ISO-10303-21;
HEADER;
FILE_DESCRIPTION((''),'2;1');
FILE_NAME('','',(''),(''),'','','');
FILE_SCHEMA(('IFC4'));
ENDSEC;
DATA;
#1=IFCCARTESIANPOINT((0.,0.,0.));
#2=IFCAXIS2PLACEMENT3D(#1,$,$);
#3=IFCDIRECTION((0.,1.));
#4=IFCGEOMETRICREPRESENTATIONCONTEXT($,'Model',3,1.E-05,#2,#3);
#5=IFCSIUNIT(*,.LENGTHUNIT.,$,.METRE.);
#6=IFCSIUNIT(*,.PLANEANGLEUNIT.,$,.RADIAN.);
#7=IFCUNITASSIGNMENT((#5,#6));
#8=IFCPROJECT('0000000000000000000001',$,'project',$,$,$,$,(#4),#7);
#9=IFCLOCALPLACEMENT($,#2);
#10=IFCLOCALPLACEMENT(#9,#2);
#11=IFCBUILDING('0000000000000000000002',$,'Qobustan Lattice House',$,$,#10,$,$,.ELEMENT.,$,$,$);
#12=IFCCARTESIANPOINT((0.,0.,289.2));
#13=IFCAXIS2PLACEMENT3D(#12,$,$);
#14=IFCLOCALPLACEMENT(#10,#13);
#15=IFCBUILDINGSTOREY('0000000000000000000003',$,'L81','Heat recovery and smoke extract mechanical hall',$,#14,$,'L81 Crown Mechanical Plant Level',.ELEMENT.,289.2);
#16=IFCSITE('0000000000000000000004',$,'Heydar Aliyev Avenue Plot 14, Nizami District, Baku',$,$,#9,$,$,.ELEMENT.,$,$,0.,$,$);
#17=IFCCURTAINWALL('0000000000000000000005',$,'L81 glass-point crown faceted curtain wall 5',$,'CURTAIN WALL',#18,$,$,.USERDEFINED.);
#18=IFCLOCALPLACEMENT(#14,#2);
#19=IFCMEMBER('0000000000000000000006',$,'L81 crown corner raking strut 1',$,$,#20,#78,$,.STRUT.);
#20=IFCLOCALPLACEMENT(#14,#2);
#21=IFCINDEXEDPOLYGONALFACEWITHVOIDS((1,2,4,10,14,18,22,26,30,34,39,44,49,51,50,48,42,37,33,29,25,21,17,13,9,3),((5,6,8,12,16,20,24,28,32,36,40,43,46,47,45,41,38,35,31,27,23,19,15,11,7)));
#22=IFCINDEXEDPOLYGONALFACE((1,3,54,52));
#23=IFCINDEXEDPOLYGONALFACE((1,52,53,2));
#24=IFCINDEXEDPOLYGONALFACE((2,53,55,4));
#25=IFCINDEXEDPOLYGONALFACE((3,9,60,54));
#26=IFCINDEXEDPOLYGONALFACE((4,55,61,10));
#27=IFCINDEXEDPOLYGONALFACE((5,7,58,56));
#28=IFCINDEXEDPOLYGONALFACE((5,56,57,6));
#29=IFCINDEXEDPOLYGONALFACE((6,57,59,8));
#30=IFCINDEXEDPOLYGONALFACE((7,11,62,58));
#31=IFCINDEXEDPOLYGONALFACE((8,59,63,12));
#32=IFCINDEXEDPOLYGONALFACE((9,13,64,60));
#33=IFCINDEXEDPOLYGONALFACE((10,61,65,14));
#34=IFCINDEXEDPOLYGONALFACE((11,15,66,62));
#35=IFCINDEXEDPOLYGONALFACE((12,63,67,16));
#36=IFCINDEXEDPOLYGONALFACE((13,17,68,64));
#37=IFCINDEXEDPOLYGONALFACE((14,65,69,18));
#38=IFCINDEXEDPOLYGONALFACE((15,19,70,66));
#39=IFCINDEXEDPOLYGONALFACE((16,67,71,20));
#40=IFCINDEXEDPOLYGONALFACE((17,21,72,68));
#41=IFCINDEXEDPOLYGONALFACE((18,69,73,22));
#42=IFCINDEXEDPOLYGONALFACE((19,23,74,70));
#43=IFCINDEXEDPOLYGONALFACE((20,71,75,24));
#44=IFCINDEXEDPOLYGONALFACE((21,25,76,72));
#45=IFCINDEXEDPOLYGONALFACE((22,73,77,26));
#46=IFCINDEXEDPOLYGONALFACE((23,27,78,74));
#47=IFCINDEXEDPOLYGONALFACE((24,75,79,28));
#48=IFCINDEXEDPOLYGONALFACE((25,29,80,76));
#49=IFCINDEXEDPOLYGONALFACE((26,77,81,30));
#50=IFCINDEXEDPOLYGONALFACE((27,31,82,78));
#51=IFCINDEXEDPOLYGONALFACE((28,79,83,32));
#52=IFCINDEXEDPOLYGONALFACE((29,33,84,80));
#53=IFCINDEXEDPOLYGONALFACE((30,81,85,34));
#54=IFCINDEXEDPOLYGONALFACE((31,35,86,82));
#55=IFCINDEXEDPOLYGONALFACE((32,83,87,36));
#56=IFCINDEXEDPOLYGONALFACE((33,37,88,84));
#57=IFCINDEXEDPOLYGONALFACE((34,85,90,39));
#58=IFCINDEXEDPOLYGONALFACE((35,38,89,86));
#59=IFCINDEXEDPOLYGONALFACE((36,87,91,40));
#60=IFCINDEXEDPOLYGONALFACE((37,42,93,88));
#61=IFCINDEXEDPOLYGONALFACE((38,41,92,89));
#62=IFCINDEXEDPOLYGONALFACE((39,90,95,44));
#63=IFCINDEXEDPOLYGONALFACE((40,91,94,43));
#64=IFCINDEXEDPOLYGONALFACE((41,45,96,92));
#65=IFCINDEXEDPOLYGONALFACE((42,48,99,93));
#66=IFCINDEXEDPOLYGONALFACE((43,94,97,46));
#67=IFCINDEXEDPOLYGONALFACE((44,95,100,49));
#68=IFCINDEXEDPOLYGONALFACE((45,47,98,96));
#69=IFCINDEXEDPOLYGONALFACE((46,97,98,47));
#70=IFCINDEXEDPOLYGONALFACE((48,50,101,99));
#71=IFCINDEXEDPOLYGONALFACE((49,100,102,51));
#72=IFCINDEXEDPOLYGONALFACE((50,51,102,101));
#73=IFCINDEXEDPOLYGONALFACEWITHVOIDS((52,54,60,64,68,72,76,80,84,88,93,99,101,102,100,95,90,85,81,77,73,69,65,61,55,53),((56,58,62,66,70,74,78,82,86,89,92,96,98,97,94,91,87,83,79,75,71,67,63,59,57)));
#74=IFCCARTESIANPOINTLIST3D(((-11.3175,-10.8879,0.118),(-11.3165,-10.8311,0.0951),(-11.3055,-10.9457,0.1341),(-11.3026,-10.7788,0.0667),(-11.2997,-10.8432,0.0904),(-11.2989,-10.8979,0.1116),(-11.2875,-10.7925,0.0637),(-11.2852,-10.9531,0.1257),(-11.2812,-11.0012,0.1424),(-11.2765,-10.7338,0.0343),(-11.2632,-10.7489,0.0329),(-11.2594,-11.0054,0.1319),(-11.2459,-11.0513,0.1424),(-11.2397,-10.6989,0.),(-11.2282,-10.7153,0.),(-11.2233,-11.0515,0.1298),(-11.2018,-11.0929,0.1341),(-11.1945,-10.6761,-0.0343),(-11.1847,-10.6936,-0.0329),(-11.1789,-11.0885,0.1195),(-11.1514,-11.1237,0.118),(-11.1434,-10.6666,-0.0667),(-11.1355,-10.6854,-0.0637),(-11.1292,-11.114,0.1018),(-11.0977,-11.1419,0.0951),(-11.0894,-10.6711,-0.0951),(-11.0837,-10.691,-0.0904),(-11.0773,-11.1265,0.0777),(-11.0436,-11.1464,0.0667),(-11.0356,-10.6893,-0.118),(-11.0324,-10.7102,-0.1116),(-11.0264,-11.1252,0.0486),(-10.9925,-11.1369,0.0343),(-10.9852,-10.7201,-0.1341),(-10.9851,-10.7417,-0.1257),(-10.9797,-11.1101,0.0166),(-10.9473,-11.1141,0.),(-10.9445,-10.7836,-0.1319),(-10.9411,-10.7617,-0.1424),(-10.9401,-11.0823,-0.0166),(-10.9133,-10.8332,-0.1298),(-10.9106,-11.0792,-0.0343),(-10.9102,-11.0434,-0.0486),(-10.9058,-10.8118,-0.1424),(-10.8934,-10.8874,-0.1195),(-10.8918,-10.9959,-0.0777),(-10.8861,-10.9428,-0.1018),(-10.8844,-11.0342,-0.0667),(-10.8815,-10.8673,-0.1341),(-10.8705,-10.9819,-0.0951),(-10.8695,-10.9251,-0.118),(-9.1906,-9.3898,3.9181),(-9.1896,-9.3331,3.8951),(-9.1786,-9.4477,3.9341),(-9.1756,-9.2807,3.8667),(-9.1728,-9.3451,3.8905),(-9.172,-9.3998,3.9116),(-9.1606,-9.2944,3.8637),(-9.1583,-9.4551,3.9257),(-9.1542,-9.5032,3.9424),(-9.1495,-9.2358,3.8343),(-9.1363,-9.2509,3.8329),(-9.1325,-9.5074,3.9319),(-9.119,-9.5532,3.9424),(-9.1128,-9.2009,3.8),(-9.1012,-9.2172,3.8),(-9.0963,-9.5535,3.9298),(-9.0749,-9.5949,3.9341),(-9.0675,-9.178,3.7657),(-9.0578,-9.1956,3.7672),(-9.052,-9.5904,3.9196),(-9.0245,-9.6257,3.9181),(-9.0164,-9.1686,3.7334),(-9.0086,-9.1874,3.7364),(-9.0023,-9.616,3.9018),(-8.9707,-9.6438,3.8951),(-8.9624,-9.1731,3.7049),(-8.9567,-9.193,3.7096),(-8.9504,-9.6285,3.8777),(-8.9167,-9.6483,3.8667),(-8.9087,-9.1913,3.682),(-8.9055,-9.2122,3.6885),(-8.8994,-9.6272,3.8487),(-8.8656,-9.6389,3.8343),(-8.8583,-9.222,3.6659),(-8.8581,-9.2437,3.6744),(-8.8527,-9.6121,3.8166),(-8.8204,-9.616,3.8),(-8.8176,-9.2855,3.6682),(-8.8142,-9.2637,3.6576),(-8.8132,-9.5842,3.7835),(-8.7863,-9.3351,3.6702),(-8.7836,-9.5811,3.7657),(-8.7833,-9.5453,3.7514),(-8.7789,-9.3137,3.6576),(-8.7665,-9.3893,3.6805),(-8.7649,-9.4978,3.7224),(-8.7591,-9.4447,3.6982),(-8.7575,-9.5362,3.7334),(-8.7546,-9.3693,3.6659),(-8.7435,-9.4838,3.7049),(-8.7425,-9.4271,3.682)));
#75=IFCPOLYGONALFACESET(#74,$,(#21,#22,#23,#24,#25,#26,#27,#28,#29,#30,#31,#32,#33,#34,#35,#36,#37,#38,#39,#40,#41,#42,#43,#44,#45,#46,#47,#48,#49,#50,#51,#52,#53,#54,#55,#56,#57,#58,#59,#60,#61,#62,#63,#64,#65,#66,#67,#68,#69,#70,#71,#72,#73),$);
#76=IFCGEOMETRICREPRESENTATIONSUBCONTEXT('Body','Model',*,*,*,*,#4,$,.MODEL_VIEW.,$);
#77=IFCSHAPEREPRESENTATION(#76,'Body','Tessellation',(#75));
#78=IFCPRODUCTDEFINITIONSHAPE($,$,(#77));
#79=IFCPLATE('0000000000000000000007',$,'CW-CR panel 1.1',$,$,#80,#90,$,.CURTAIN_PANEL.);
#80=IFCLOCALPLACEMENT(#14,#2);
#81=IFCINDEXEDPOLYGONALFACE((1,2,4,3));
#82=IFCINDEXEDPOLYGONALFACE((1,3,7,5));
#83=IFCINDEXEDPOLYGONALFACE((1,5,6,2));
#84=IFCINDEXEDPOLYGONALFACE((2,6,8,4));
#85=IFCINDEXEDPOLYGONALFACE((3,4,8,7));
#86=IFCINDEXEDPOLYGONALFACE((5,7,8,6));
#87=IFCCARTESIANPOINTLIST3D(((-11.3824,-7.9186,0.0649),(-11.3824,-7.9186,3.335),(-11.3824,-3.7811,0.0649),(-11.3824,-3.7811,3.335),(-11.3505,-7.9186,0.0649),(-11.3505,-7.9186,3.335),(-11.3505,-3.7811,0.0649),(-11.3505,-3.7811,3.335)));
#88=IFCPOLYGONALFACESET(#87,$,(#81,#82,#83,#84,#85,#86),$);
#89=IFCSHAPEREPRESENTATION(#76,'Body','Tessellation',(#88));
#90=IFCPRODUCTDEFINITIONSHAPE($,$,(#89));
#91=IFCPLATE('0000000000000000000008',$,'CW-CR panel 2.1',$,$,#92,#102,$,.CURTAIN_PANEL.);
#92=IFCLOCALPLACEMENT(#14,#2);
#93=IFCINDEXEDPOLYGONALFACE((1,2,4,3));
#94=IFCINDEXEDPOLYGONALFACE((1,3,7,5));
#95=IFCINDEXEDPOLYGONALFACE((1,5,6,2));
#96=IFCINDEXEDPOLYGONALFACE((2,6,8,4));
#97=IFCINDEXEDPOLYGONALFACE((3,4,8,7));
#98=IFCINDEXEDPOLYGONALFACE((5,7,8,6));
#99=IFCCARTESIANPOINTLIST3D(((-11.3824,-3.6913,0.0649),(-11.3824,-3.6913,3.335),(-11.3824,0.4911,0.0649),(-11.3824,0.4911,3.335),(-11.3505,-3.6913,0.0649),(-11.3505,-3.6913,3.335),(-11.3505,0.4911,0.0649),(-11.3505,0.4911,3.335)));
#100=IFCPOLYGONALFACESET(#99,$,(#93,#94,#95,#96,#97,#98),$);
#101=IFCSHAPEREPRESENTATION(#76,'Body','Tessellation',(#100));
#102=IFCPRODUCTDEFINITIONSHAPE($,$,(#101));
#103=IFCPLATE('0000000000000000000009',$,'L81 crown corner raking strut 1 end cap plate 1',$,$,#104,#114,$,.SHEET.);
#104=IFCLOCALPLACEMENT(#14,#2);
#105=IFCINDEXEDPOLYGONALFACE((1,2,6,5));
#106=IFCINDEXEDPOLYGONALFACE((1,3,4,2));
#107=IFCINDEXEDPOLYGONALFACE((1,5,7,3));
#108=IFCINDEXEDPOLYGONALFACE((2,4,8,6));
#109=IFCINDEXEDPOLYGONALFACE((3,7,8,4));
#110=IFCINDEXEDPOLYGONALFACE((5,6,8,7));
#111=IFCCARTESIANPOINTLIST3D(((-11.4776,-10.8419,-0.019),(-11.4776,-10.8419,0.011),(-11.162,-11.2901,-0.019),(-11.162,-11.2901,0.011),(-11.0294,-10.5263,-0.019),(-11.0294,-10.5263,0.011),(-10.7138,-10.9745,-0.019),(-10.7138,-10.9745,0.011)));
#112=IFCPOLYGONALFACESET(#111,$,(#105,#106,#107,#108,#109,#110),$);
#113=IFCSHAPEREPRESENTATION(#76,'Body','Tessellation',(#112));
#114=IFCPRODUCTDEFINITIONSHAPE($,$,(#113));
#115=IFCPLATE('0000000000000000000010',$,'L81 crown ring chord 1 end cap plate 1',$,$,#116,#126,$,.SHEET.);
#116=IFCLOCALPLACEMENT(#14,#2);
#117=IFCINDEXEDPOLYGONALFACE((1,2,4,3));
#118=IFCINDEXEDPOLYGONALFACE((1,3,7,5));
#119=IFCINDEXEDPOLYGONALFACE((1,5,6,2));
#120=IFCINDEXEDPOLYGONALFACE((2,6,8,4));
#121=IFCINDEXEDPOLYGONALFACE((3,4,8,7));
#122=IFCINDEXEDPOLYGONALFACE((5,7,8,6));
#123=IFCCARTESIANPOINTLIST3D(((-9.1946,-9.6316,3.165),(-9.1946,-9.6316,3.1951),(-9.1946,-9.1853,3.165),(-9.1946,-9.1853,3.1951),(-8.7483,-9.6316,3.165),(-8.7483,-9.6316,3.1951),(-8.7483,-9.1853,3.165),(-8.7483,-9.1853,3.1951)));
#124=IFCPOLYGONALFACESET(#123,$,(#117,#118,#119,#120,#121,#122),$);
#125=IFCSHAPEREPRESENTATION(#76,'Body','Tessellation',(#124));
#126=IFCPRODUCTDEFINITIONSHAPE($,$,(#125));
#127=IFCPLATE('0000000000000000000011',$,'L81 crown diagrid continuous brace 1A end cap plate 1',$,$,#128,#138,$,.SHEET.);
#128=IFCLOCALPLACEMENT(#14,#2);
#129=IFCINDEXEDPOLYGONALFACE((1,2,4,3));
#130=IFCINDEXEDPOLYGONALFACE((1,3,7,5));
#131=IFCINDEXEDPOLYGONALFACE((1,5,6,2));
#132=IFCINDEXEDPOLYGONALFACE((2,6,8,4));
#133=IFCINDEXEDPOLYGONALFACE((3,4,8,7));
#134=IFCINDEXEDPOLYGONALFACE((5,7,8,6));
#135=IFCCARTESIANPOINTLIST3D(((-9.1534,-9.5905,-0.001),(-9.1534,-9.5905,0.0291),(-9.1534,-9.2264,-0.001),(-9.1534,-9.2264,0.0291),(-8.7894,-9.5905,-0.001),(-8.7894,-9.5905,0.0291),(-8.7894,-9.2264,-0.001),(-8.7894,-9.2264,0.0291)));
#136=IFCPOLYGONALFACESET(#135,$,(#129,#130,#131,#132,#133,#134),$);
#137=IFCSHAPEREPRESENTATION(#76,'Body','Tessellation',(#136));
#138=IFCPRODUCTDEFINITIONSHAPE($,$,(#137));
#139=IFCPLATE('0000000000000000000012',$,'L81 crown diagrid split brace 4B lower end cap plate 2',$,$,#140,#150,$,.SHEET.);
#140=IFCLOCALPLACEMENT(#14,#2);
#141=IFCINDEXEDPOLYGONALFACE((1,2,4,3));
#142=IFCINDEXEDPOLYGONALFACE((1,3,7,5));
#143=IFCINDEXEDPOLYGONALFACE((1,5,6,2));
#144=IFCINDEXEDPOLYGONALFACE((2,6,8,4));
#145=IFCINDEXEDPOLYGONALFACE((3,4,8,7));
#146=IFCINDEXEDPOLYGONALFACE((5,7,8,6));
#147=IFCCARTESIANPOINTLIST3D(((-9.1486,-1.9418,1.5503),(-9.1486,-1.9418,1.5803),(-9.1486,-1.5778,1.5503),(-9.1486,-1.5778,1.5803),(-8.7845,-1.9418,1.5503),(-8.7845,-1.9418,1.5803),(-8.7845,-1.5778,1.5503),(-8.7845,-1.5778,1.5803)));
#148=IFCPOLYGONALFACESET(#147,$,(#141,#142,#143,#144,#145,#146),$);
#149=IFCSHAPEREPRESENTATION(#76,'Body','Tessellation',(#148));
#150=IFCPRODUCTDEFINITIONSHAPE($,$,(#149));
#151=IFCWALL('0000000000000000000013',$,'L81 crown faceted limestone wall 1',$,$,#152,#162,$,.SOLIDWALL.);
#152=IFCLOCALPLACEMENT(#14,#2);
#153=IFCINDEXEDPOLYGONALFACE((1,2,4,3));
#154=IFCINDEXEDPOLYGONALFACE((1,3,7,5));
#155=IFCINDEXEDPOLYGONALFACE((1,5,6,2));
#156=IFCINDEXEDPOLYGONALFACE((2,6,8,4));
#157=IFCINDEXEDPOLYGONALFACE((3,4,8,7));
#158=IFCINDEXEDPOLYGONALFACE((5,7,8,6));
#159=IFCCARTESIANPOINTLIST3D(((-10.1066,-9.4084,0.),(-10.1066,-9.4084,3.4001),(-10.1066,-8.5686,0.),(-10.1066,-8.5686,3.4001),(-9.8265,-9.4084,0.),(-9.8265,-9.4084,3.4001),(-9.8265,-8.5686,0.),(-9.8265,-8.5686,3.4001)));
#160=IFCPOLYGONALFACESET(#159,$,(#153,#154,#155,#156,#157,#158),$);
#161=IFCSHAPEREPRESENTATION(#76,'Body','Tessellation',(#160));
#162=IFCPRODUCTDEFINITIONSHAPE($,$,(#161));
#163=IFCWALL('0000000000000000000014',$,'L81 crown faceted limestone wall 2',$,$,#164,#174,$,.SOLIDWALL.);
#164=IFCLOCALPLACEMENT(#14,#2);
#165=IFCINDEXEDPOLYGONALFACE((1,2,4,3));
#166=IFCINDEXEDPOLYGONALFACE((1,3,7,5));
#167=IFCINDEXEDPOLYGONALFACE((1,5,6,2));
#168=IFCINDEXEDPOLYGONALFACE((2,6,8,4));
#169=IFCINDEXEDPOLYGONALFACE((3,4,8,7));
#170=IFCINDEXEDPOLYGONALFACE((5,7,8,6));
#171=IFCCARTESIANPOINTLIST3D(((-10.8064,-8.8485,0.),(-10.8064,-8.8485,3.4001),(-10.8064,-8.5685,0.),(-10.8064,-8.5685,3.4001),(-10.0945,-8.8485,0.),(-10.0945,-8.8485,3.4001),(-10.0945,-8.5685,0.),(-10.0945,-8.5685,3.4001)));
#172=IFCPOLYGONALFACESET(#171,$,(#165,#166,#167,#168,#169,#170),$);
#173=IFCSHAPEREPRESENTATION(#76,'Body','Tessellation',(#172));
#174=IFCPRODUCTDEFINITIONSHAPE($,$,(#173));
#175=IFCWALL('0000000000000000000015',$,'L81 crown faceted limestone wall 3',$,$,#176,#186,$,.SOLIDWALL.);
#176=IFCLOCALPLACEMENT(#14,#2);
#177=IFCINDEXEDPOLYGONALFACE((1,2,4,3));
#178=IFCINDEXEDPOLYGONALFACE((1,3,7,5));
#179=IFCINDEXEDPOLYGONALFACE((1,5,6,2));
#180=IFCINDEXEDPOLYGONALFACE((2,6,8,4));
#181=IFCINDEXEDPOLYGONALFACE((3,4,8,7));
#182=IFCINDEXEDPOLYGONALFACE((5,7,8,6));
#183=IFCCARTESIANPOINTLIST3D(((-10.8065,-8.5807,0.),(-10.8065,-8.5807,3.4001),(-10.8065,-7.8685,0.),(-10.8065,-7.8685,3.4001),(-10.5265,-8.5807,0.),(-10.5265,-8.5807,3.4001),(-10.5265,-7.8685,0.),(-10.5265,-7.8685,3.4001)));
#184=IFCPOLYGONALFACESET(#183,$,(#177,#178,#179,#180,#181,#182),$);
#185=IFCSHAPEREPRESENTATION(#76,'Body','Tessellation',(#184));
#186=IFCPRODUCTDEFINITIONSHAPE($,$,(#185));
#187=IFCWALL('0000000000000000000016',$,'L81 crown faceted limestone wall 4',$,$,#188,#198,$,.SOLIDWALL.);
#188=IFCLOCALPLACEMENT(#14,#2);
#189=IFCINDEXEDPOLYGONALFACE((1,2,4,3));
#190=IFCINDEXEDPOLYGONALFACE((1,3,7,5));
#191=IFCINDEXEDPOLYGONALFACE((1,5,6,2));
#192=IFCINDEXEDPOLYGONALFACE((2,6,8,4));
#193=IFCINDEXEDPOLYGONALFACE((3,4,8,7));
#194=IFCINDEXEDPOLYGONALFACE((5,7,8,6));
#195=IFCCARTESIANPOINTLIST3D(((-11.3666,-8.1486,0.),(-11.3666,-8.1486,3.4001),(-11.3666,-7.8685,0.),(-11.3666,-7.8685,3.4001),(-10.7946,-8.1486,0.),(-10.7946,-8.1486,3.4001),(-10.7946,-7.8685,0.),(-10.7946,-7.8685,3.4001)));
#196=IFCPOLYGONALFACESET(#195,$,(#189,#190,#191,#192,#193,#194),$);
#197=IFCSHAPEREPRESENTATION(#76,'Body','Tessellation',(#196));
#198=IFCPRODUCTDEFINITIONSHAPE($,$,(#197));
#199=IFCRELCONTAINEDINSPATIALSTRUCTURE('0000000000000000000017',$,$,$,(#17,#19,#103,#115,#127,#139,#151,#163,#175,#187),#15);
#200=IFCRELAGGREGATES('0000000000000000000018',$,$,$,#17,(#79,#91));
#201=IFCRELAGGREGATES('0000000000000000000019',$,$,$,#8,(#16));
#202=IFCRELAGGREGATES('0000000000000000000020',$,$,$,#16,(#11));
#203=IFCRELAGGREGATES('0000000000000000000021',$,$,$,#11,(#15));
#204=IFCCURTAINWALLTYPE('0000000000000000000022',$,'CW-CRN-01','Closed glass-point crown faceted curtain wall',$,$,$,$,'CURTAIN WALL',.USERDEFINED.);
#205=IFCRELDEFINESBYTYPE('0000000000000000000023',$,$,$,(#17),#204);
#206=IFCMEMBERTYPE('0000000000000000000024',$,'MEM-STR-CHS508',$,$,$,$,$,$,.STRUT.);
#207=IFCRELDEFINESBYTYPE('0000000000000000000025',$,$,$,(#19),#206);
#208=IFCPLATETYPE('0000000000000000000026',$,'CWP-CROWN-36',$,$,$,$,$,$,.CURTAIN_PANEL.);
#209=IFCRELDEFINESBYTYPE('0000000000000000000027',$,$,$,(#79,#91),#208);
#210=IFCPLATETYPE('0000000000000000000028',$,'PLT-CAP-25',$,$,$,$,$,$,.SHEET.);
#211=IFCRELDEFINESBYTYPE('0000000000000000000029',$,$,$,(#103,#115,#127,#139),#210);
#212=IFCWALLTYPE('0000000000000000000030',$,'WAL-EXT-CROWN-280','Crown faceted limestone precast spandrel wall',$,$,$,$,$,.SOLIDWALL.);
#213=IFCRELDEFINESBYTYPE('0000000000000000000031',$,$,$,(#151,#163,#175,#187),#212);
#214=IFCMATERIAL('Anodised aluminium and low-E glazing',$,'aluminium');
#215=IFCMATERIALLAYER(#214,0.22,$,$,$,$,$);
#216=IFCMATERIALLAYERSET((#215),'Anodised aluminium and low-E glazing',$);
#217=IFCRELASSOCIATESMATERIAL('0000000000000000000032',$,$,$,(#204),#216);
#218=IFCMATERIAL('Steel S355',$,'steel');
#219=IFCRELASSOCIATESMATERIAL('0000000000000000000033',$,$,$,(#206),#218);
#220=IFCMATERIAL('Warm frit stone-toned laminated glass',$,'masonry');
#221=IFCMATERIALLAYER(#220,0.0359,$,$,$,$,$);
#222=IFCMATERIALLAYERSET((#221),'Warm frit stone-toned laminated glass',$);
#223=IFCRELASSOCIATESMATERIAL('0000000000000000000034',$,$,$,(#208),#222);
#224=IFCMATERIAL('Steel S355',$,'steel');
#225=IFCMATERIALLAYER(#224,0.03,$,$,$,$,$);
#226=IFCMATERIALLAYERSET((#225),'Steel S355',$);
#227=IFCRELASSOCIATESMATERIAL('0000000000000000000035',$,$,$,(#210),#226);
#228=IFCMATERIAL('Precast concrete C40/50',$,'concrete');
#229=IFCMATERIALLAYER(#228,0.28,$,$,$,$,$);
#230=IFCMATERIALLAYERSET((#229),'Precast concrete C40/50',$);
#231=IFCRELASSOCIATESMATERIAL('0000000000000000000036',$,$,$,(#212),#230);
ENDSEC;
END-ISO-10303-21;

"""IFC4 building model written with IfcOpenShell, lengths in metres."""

from ifc_helpers import new_model, si_unit, direction, frame, frame_2d, origin, origin_2d, place, context, subcontext, project, spatial, rectangle, hollow_circle, extrude, material, layer, layer_set, material_profile, profile_set, type_object, element, aggregate, save


model = new_model("IFC4")

# Units and contexts
model_context = context("Model", 3, precision=1e-05, world=origin(), true_north=direction((0.0, 1.0)))
body_context = subcontext(model_context, "Body", "Model", "MODEL_VIEW")
ifc_project = project(units=[si_unit("LENGTHUNIT", "METRE"), si_unit("PLANEANGLEUNIT", "RADIAN")], contexts=[model_context])

# Site, building, storey
site_placement = place(None, origin())
site = spatial("IfcSite", under=ifc_project, at=site_placement, Name="Heydar Aliyev Avenue Plot 14, Nizami District, Baku", CompositionType="ELEMENT", RefElevation=0.0)
building_placement = place(site_placement, origin())
building = spatial("IfcBuilding", under=site, at=building_placement, Name="Qobustan Lattice House", CompositionType="ELEMENT")
storey_placement = place(building_placement, frame((0.0, 0.0, 289.2)))
storey = spatial("IfcBuildingStorey", under=building, at=storey_placement, Name="L81", Description="Heat recovery and smoke extract mechanical hall", LongName="L81 Crown Mechanical Plant Level", CompositionType="ELEMENT", Elevation=289.2)

# Curtain wall
ifc_material_1 = material(Name="Anodised aluminium and low-E glazing", Category="aluminium")
ifc_layer_1 = layer(ifc_material_1, 0.22)
ifc_layer_set_1 = layer_set([ifc_layer_1], Name="Anodised aluminium and low-E glazing")
curtain_wall_type = type_object("IfcCurtainWallType", Name="CW-CRN-01", Description="Closed glass-point crown faceted curtain wall", ElementType="CURTAIN WALL", PredefinedType="USERDEFINED", material=ifc_layer_set_1)
curtain_wall_1_placement = place(storey_placement, origin())
curtain_wall_1 = element("IfcCurtainWall", 1, at=curtain_wall_1_placement, inside=storey, type_object=curtain_wall_type, Name="L81 glass-point crown faceted curtain wall 5", ObjectType="CURTAIN WALL", PredefinedType="USERDEFINED")

# Member
ifc_material_2 = material(Name="Steel S355", Category="steel")
ifc_material_profile_1 = material_profile(ifc_material_2, hollow_circle(Radius=0.2539, WallThickness=0.02, at=origin_2d()), Name="CHS508x20")
ifc_profile_set_1 = profile_set([ifc_material_profile_1], Name="Steel S355")
member_type_1 = type_object("IfcMemberType", Name="MEM-STR-CHS508", PredefinedType="STRUT", material=ifc_profile_set_1)
member_1_placement = place(storey_placement, frame((-11.0935, -10.9065, 0.0), z_axis=(0.461853, 0.32529, 0.825154), x_axis=(-0.575828, 0.817571, 0.0)))
element("IfcMember", 2, at=member_1_placement, inside=storey, type_object=member_type_1, Name="L81 crown corner raking strut 1", PredefinedType="STRUT", context=body_context, shape_type="SweptSolid", body=[
    extrude(hollow_circle(Radius=0.2539, WallThickness=0.02, at=origin_2d()), origin(), (0.0, 0.0, 1.0), 4.6052),
])

# Plates
ifc_material_3 = material(Name="Warm frit stone-toned laminated glass", Category="masonry")
ifc_layer_2 = layer(ifc_material_3, 0.0359)
ifc_layer_set_2 = layer_set([ifc_layer_2], Name="Warm frit stone-toned laminated glass")
plate_type_1 = type_object("IfcPlateType", Name="CWP-CROWN-36", PredefinedType="CURTAIN_PANEL", material=ifc_layer_set_2)
plate_1_placement = place(storey_placement, frame((-11.3665, -5.8499, 0.0649), z_axis=(0.0, 0.0, 1.0), x_axis=(0.0, 1.0, 0.0)))
plate_1 = element("IfcPlate", 3, at=plate_1_placement, type_object=plate_type_1, Name="CW-CR panel 1.1", PredefinedType="CURTAIN_PANEL", context=body_context, shape_type="SweptSolid", body=[
    extrude(rectangle(XDim=4.1375, YDim=0.032, at=origin_2d()), origin(), (0.0, 0.0, 1.0), 3.27),
])
plate_2_placement = place(storey_placement, frame((-11.3665, -1.6001, 0.0649), z_axis=(0.0, 0.0, 1.0), x_axis=(0.0, 1.0, 0.0)))
plate_2 = element("IfcPlate", 4, at=plate_2_placement, type_object=plate_type_1, Name="CW-CR panel 2.1", PredefinedType="CURTAIN_PANEL", context=body_context, shape_type="SweptSolid", body=[
    extrude(rectangle(XDim=4.1824, YDim=0.032, at=origin_2d()), origin(), (0.0, 0.0, 1.0), 3.27),
])
aggregate(curtain_wall_1, [plate_1, plate_2])

# Plates
ifc_material_4 = material(Name="Steel S355", Category="steel")
ifc_layer_3 = layer(ifc_material_4, 0.03)
ifc_layer_set_3 = layer_set([ifc_layer_3], Name="Steel S355")
plate_type_2 = type_object("IfcPlateType", Name="PLT-CAP-25", PredefinedType="SHEET", material=ifc_layer_set_3)
plate_3_placement = place(storey_placement, frame((-11.0957, -10.9082, -0.019), z_axis=(0.0, 0.0, 1.0), x_axis=(0.817587, 0.575805, 0.0)))
element("IfcPlate", 5, at=plate_3_placement, inside=storey, type_object=plate_type_2, Name="L81 crown corner raking strut 1 end cap plate 1", PredefinedType="SHEET", context=body_context, shape_type="SweptSolid", body=[
    extrude(rectangle(XDim=0.5481, YDim=0.5481, at=origin_2d()), origin(), (0.0, 0.0, 1.0), 0.03),
])
plate_4_placement = place(storey_placement, frame((-8.9714, -9.4084, 3.165), z_axis=(0.0, 0.0, 1.0), x_axis=(1.0, 0.0, 0.0)))
element("IfcPlate", 6, at=plate_4_placement, inside=storey, type_object=plate_type_2, Name="L81 crown ring chord 1 end cap plate 1", PredefinedType="SHEET", context=body_context, shape_type="SweptSolid", body=[
    extrude(rectangle(XDim=0.4463, YDim=0.4463, at=origin_2d()), origin(), (0.0, 0.0, 1.0), 0.03),
])
for number, where, z_axis, x_axis, name in (
    (7, (-8.9714, -9.4084, -0.001), (0.0, 0.0, 1.0), (1.0, 0.0, 0.0), "L81 crown diagrid continuous brace 1A end cap plate 1"),
    (8, (-8.9666, -1.7598, 1.5503), (0.0, 0.0, 1.0), (0.0, 1.0, 0.0), "L81 crown diagrid split brace 4B lower end cap plate 2"),
):
    element("IfcPlate", number, at=place(storey_placement, frame(where, z_axis=z_axis, x_axis=x_axis)), inside=storey, type_object=plate_type_2, Name=name, PredefinedType="SHEET", context=body_context, shape_type="SweptSolid", body=[
        extrude(rectangle(XDim=0.364, YDim=0.364, at=origin_2d()), origin(), (0.0, 0.0, 1.0), 0.03),
    ])

# Walls
ifc_material_5 = material(Name="Precast concrete C40/50", Category="concrete")
ifc_layer_4 = layer(ifc_material_5, 0.28)
ifc_layer_set_4 = layer_set([ifc_layer_4], Name="Precast concrete C40/50")
wall_type = type_object("IfcWallType", Name="WAL-EXT-CROWN-280", Description="Crown faceted limestone precast spandrel wall", PredefinedType="SOLIDWALL", material=ifc_layer_set_4)
wall_1_placement = place(storey_placement, frame((-9.9666, -9.4084, 0.0), z_axis=(0.0, 0.0, 1.0), x_axis=(0.0, 1.0, 0.0)))
element("IfcWall", 9, at=wall_1_placement, inside=storey, type_object=wall_type, Name="L81 crown faceted limestone wall 1", PredefinedType="SOLIDWALL", context=body_context, shape_type="SweptSolid", body=[
    extrude(rectangle(XDim=0.8398, YDim=0.28, at=frame_2d((0.4199, 0.0))), origin(), (0.0, 0.0, 1.0), 3.4001),
])
wall_2_placement = place(storey_placement, frame((-10.0945, -8.7085, 0.0), z_axis=(0.0, 0.0, 1.0), x_axis=(-1.0, 0.0, 0.0)))
element("IfcWall", 10, at=wall_2_placement, inside=storey, type_object=wall_type, Name="L81 crown faceted limestone wall 2", PredefinedType="SOLIDWALL", context=body_context, shape_type="SweptSolid", body=[
    extrude(rectangle(XDim=0.7119, YDim=0.28, at=frame_2d((0.356, 0.0))), origin(), (0.0, 0.0, 1.0), 3.4001),
])
wall_3_placement = place(storey_placement, frame((-10.6665, -8.5806, 0.0), z_axis=(0.0, 0.0, 1.0), x_axis=(0.0, 1.0, 0.0)))
element("IfcWall", 11, at=wall_3_placement, inside=storey, type_object=wall_type, Name="L81 crown faceted limestone wall 3", PredefinedType="SOLIDWALL", context=body_context, shape_type="SweptSolid", body=[
    extrude(rectangle(XDim=0.7122, YDim=0.28, at=frame_2d((0.356, 0.0))), origin(), (0.0, 0.0, 1.0), 3.4001),
])
wall_4_placement = place(storey_placement, frame((-10.7944, -8.0085, 0.0), z_axis=(0.0, 0.0, 1.0), x_axis=(-1.0, 0.0, 0.0)))
element("IfcWall", 12, at=wall_4_placement, inside=storey, type_object=wall_type, Name="L81 crown faceted limestone wall 4", PredefinedType="SOLIDWALL", context=body_context, shape_type="SweptSolid", body=[
    extrude(rectangle(XDim=0.572, YDim=0.28, at=frame_2d((0.2861, 0.0))), origin(), (0.0, 0.0, 1.0), 3.4001),
])

save(model, "model.ifc")
